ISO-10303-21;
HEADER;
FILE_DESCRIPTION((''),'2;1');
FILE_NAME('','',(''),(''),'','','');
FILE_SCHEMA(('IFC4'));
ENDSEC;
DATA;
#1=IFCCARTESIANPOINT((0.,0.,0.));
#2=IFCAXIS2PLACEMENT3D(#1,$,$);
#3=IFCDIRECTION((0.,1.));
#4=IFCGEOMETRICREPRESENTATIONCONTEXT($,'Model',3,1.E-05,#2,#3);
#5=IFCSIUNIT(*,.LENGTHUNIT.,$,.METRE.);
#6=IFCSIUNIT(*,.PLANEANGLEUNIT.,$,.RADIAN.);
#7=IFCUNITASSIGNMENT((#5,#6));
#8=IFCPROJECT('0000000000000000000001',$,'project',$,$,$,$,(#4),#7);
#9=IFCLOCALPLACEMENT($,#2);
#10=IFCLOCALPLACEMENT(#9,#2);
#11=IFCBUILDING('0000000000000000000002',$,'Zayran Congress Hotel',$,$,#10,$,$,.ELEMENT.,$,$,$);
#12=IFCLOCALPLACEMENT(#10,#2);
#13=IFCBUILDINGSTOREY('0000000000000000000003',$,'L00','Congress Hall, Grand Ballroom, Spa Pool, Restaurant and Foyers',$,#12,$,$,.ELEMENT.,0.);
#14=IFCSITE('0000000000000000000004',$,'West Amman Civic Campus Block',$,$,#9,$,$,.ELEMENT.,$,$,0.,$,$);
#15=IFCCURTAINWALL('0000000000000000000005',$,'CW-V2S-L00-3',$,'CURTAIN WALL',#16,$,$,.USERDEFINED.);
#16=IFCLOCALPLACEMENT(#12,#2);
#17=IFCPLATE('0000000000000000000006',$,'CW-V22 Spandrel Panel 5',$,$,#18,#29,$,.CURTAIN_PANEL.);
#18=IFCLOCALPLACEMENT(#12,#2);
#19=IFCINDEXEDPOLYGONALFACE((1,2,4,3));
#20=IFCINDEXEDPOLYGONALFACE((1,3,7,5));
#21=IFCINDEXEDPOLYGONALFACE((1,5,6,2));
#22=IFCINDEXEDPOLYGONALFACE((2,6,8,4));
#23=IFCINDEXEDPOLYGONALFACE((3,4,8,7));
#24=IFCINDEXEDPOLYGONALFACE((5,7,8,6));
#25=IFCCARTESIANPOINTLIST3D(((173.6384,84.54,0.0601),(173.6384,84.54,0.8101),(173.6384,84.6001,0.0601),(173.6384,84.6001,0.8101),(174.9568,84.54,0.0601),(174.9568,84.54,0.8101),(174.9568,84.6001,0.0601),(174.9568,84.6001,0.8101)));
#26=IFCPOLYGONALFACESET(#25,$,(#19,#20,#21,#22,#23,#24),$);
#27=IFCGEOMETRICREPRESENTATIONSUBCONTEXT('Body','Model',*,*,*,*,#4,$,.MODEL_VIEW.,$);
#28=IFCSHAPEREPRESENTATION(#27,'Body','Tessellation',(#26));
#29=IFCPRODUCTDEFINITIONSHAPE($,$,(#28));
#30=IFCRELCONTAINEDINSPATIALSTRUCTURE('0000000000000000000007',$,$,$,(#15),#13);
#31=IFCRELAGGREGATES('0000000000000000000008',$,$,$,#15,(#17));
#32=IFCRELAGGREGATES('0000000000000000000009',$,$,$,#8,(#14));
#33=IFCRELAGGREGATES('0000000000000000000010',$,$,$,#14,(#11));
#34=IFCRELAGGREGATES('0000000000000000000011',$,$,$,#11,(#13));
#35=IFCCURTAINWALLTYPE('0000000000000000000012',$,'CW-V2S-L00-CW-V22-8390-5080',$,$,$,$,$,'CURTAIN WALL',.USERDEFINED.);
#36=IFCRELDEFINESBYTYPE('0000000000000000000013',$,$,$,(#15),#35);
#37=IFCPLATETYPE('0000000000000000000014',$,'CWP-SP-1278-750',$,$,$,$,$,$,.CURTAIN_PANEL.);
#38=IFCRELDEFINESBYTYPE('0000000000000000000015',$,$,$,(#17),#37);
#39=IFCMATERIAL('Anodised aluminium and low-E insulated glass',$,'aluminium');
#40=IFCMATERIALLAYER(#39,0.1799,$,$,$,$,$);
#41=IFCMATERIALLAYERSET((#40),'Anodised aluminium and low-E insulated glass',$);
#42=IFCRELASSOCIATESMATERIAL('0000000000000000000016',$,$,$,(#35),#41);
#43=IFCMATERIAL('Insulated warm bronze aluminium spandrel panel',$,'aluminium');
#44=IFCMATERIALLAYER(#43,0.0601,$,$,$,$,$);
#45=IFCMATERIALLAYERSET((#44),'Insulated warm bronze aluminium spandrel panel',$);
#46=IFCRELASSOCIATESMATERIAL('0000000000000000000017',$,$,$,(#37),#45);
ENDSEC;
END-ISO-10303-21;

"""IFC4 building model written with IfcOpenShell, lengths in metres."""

from ifc_helpers import new_model, si_unit, direction, frame, origin, origin_2d, place, context, subcontext, project, spatial, rectangle, extrude, material, layer, layer_set, type_object, element, aggregate, save


model = new_model("IFC4")

# Units and contexts
model_context = context("Model", 3, precision=1e-05, world=origin(), true_north=direction((0.0, 1.0)))
body_context = subcontext(model_context, "Body", "Model", "MODEL_VIEW")
ifc_project = project(units=[si_unit("LENGTHUNIT", "METRE"), si_unit("PLANEANGLEUNIT", "RADIAN")], contexts=[model_context])

# Site, building, storey
site_placement = place(None, origin())
site = spatial("IfcSite", under=ifc_project, at=site_placement, Name="West Amman Civic Campus Block", CompositionType="ELEMENT", RefElevation=0.0)
building_placement = place(site_placement, origin())
building = spatial("IfcBuilding", under=site, at=building_placement, Name="Zayran Congress Hotel", CompositionType="ELEMENT")
storey_placement = place(building_placement, origin())
storey = spatial("IfcBuildingStorey", under=building, at=storey_placement, Name="L00", Description="Congress Hall, Grand Ballroom, Spa Pool, Restaurant and Foyers", CompositionType="ELEMENT", Elevation=0.0)

# Curtain wall, plate
ifc_material_1 = material(Name="Anodised aluminium and low-E insulated glass", Category="aluminium")
ifc_layer_1 = layer(ifc_material_1, 0.1799)
ifc_layer_set_1 = layer_set([ifc_layer_1], Name="Anodised aluminium and low-E insulated glass")
curtain_wall_type = type_object("IfcCurtainWallType", Name="CW-V2S-L00-CW-V22-8390-5080", ElementType="CURTAIN WALL", PredefinedType="USERDEFINED", material=ifc_layer_set_1)
curtain_wall_placement = place(storey_placement, origin())
curtain_wall = element("IfcCurtainWall", 1, at=curtain_wall_placement, inside=storey, type_object=curtain_wall_type, Name="CW-V2S-L00-3", ObjectType="CURTAIN WALL", PredefinedType="USERDEFINED")
ifc_material_2 = material(Name="Insulated warm bronze aluminium spandrel panel", Category="aluminium")
ifc_layer_2 = layer(ifc_material_2, 0.0601)
ifc_layer_set_2 = layer_set([ifc_layer_2], Name="Insulated warm bronze aluminium spandrel panel")
plate_type_1 = type_object("IfcPlateType", Name="CWP-SP-1278-750", PredefinedType="CURTAIN_PANEL", material=ifc_layer_set_2)
plate_1_placement = place(storey_placement, frame((174.2976, 84.5701, 0.0601), z_axis=(0.0, 0.0, 1.0), x_axis=(1.0, 0.0, 0.0)))
plate_1 = element("IfcPlate", 2, at=plate_1_placement, type_object=plate_type_1, Name="CW-V22 Spandrel Panel 5", PredefinedType="CURTAIN_PANEL", context=body_context, shape_type="SweptSolid", body=[
    extrude(rectangle(XDim=1.3184, YDim=0.0601, at=origin_2d()), origin(), (0.0, 0.0, 1.0), 0.75),
])
aggregate(curtain_wall, [plate_1])

save(model, "model.ifc")
